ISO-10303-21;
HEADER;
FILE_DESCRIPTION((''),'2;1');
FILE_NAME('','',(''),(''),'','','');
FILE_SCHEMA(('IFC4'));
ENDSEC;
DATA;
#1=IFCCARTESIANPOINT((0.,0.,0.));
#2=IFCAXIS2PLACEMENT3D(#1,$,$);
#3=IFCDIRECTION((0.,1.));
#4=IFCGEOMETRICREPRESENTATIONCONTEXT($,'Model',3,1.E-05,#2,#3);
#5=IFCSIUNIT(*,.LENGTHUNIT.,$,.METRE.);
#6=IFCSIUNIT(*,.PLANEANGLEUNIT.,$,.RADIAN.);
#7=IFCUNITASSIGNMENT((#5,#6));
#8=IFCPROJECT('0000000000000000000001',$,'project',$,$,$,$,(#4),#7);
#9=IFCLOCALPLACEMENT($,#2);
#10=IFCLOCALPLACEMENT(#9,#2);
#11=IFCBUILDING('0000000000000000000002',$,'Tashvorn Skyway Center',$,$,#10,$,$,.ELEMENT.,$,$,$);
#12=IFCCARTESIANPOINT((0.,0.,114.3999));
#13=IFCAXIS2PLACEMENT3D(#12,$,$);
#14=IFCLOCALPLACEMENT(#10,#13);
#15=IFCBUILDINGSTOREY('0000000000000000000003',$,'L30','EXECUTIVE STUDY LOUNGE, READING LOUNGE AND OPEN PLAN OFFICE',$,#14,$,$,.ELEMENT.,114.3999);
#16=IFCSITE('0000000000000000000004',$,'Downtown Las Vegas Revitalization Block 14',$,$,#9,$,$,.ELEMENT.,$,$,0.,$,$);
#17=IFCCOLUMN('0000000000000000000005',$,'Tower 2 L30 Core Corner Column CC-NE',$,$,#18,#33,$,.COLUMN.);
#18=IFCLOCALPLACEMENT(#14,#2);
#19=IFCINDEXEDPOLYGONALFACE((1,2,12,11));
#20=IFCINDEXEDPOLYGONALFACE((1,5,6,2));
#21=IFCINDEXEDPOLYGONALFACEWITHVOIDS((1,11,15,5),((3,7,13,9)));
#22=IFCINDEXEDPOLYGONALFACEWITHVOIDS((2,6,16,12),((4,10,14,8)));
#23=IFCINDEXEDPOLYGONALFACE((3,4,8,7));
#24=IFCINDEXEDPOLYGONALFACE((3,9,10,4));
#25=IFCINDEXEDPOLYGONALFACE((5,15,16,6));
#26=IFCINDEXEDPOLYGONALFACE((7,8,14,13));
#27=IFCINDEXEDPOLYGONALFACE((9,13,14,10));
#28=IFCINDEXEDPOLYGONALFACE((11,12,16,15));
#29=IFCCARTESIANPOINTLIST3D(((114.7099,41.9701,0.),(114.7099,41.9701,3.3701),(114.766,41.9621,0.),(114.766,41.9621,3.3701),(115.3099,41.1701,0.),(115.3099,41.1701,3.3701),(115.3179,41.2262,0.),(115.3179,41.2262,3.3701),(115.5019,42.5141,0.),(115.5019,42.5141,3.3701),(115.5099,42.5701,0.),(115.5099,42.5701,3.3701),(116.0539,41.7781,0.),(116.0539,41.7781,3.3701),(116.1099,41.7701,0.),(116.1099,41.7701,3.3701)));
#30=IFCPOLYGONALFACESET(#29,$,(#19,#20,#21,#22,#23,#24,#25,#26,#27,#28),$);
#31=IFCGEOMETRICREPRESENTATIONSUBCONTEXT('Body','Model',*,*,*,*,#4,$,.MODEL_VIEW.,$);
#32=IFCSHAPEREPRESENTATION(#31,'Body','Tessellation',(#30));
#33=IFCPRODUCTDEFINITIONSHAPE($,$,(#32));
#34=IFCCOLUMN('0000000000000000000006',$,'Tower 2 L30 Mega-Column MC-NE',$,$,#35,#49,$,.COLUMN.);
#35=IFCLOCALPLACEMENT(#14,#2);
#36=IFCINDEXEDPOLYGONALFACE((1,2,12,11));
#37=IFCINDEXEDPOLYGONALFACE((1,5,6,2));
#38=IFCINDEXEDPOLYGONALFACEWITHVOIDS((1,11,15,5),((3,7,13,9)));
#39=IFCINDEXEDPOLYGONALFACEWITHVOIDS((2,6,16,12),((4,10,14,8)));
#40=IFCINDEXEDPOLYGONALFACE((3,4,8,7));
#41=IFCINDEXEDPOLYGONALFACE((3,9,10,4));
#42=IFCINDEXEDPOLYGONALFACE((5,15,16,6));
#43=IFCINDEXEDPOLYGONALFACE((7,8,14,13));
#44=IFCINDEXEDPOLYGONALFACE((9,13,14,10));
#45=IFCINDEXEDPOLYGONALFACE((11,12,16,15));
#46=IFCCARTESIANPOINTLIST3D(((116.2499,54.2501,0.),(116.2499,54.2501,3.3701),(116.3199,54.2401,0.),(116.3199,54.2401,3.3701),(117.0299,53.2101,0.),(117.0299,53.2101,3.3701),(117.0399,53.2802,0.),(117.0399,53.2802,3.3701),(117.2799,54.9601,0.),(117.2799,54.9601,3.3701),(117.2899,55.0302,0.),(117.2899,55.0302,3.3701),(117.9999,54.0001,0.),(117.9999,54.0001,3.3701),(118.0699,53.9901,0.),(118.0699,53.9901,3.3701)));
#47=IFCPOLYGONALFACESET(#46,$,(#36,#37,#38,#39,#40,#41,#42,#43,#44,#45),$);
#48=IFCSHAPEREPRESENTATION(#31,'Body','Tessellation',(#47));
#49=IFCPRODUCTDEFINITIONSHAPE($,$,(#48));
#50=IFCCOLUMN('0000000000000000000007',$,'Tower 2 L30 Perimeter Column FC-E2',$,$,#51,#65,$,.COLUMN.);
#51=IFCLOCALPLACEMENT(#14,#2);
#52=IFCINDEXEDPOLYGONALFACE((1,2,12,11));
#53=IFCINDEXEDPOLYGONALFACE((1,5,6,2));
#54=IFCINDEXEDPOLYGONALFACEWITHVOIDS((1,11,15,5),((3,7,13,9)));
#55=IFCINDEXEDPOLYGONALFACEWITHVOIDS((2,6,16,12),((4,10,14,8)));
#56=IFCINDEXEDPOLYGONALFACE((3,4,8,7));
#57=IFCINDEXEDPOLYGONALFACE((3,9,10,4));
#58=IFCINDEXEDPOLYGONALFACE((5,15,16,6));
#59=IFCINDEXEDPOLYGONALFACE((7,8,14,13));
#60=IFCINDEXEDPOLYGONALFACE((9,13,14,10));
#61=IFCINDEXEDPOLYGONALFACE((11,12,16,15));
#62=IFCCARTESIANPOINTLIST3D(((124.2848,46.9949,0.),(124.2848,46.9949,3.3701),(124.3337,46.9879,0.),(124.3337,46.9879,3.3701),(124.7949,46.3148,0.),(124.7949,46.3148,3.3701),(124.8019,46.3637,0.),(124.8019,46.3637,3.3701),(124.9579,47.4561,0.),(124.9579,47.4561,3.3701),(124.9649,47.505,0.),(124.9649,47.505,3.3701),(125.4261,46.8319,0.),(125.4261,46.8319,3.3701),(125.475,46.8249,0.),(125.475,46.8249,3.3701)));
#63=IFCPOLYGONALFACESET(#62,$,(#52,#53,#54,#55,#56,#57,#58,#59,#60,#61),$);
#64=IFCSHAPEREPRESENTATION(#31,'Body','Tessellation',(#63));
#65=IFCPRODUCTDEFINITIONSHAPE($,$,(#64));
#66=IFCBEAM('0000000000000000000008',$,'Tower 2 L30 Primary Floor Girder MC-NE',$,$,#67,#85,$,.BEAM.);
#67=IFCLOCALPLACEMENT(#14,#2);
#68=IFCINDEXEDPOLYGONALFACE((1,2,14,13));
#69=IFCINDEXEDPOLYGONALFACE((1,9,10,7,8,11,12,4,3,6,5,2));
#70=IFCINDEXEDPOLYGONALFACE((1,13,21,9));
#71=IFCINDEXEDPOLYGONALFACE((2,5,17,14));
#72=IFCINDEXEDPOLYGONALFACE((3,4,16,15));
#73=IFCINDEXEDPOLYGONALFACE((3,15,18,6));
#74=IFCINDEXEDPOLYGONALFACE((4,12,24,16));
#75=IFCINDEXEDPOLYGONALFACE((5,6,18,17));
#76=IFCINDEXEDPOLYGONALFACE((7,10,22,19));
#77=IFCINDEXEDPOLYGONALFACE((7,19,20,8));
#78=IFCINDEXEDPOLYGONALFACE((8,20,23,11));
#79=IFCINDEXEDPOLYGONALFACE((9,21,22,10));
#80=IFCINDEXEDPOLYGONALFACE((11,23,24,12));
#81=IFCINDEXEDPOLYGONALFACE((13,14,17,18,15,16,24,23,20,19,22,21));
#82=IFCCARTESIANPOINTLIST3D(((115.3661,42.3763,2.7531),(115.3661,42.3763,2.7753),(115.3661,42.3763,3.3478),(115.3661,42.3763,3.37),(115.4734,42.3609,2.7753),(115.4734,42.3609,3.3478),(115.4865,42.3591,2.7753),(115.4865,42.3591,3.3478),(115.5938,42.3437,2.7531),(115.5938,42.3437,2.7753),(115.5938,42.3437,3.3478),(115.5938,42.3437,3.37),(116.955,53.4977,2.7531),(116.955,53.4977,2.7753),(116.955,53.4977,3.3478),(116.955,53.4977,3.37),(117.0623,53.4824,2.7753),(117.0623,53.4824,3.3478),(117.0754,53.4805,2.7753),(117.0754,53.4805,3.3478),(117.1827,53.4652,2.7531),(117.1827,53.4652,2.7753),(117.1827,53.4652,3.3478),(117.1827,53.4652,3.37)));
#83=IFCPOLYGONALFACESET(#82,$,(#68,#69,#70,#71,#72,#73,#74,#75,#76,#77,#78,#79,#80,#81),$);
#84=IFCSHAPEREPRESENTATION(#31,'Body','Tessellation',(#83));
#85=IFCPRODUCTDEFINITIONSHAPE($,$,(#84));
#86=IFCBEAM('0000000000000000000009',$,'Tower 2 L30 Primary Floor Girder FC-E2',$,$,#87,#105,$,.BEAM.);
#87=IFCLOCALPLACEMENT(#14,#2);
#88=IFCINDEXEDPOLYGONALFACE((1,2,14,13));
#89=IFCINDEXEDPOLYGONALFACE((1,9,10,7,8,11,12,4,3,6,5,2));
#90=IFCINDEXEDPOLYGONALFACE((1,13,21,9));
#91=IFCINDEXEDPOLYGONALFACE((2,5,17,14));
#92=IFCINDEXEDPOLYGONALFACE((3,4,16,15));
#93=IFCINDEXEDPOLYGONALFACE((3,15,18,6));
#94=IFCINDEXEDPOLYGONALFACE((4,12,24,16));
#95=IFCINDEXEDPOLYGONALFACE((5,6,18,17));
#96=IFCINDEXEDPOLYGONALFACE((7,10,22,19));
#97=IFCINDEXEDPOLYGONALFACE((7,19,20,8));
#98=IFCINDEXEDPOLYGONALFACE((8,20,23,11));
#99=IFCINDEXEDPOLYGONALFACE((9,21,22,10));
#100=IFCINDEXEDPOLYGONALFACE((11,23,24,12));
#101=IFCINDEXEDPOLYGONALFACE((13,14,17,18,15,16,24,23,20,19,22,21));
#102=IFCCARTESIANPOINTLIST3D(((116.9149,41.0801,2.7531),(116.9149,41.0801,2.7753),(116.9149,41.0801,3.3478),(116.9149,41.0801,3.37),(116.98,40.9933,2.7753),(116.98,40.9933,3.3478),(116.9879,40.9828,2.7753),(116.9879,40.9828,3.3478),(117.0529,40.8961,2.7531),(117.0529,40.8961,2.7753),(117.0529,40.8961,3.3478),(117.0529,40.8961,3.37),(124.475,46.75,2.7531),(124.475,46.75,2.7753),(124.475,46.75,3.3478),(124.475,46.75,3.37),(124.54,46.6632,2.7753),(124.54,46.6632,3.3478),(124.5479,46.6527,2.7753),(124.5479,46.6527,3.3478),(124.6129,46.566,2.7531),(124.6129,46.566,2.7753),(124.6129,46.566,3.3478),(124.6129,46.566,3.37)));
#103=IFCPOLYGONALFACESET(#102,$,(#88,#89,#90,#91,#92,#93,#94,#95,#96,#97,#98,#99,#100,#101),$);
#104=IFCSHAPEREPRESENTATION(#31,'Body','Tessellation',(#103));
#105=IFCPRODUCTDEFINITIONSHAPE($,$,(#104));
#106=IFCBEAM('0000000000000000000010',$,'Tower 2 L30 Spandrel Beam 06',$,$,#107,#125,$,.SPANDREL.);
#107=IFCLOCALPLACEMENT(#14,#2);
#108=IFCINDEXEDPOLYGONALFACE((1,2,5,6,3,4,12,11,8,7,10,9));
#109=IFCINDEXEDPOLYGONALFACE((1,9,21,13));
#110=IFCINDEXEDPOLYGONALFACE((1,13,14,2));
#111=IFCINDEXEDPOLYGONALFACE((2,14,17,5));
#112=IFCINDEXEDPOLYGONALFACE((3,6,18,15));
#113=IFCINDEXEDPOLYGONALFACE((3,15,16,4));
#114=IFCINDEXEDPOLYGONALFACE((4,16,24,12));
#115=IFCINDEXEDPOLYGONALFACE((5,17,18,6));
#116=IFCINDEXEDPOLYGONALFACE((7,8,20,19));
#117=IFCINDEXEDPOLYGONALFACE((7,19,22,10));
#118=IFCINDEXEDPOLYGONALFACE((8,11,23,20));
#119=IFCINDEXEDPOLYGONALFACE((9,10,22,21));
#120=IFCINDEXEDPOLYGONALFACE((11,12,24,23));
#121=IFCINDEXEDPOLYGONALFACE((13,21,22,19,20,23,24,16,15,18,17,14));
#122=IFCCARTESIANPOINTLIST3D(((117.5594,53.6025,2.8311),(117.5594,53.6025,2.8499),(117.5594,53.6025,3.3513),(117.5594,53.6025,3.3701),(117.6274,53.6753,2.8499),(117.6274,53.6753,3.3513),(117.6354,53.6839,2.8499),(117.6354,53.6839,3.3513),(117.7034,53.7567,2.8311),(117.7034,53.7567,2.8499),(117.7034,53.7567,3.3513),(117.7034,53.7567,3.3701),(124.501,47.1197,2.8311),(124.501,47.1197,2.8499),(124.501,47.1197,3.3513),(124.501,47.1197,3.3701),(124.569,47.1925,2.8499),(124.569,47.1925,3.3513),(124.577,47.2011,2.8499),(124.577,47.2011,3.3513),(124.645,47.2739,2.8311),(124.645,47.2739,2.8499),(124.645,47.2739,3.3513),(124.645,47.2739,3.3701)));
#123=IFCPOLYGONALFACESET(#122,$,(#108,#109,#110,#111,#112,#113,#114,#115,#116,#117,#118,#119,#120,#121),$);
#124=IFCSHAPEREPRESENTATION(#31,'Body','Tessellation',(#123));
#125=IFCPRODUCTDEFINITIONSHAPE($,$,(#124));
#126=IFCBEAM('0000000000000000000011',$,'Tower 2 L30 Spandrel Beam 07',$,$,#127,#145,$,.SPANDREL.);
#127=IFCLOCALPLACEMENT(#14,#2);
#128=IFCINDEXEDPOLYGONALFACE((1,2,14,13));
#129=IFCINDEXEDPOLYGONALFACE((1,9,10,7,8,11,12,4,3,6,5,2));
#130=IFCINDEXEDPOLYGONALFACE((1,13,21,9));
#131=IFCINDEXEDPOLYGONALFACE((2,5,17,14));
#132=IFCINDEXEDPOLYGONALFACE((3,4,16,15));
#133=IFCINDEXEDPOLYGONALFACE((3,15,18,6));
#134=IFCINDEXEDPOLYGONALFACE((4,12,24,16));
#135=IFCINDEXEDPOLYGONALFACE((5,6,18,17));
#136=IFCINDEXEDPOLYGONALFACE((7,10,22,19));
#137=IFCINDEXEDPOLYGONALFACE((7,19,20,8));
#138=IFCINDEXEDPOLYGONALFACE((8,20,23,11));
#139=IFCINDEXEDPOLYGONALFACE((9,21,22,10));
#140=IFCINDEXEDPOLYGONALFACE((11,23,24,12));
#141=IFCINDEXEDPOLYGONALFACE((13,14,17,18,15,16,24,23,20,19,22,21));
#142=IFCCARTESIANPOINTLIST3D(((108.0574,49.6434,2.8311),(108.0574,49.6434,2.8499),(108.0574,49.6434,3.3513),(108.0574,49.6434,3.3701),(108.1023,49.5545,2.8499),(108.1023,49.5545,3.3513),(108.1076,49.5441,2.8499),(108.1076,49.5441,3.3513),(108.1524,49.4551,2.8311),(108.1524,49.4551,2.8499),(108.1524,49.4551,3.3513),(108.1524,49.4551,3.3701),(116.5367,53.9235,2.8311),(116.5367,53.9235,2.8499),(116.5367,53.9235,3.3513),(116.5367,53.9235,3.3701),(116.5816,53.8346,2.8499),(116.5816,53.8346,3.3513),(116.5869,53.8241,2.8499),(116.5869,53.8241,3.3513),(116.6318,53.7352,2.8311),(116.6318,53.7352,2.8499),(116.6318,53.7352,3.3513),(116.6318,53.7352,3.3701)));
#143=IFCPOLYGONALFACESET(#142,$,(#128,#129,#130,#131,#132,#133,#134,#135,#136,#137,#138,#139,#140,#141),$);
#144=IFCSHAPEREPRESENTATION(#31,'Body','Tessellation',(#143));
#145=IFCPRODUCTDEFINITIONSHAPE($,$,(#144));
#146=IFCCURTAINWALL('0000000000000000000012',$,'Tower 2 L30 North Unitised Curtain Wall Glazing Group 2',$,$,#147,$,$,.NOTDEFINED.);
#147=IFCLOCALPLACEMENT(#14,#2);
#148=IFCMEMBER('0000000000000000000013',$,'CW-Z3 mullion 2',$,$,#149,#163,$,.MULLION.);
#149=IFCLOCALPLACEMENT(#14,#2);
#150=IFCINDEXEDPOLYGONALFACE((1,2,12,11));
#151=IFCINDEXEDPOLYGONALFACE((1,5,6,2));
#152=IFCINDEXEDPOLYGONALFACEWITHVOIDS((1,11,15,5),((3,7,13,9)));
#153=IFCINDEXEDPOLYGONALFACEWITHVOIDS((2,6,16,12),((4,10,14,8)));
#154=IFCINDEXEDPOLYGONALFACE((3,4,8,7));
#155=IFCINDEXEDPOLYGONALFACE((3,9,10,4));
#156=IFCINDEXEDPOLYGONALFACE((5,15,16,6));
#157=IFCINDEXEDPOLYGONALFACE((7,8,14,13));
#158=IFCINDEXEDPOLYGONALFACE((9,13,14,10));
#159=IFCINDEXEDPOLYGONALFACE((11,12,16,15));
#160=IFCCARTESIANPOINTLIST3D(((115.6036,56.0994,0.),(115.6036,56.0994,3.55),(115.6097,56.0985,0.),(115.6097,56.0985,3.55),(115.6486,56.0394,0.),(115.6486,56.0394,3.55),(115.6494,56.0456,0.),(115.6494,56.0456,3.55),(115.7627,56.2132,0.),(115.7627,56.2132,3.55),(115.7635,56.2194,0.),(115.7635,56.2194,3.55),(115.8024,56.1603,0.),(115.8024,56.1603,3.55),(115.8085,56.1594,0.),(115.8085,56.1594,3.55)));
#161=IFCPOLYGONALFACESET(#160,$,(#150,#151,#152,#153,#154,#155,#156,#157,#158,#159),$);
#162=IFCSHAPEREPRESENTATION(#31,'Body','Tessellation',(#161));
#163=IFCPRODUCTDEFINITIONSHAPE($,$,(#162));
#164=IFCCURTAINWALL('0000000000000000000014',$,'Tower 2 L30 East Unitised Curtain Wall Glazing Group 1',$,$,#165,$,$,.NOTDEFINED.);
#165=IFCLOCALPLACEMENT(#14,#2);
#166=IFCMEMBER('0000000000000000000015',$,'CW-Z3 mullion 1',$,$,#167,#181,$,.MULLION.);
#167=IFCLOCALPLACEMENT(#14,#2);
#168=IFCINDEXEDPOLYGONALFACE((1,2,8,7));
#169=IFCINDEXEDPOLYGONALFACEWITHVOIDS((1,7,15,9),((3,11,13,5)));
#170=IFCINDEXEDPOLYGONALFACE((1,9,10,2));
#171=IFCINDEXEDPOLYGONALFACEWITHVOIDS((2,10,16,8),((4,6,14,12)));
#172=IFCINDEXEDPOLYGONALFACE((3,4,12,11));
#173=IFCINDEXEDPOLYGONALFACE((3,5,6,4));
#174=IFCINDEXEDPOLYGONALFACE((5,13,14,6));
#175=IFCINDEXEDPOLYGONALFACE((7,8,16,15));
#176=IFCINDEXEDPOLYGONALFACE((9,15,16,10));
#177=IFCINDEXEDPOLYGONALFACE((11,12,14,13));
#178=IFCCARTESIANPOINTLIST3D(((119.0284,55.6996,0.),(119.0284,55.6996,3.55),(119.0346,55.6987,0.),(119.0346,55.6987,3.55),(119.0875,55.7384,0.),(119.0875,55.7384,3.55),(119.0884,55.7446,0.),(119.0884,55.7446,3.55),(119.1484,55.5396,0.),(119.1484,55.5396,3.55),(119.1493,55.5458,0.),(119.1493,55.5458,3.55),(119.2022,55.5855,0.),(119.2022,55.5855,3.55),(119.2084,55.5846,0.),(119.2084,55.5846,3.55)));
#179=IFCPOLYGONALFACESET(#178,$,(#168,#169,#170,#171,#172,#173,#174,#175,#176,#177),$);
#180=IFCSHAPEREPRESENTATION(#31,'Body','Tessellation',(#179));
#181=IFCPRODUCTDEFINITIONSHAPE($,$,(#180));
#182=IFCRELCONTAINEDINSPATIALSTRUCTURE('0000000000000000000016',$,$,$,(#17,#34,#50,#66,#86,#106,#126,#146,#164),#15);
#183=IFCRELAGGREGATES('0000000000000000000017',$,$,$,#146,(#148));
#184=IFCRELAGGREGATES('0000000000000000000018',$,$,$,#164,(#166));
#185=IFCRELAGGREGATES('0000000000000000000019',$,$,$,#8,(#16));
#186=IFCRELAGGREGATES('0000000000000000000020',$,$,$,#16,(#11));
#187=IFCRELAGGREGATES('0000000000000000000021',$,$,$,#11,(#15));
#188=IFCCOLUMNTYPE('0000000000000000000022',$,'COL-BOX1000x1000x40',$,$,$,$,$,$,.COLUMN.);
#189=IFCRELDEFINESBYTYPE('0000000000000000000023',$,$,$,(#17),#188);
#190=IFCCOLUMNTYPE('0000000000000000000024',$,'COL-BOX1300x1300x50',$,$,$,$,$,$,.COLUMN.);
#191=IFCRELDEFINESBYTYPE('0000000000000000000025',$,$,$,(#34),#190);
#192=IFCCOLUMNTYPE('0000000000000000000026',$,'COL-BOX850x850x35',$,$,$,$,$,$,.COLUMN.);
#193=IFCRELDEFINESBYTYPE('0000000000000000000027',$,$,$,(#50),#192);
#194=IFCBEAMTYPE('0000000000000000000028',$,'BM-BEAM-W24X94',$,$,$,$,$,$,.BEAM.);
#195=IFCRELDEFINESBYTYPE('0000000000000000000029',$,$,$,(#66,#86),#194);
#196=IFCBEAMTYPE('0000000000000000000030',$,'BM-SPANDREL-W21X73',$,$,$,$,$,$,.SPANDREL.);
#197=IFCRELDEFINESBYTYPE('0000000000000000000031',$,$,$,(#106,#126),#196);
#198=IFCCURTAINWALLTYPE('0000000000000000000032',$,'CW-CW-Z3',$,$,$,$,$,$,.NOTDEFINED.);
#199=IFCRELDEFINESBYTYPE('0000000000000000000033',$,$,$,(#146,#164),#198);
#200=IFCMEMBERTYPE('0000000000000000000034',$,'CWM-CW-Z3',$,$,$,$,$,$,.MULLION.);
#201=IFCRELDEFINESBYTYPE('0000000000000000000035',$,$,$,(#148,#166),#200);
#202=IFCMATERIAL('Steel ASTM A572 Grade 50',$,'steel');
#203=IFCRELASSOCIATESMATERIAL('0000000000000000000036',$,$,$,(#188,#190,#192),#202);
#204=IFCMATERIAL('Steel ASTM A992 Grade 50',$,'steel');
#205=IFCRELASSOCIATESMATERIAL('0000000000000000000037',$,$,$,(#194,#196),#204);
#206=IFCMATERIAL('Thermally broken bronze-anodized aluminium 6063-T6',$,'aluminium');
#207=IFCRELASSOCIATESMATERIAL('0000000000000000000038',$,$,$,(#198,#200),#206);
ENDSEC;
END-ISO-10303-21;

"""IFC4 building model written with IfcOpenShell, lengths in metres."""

from ifc_helpers import new_model, si_unit, direction, frame, origin, origin_2d, place, context, subcontext, project, spatial, hollow_rectangle, i_section, extrude, material, material_profile, profile_set, type_object, element, aggregate, save


model = new_model("IFC4")

# Units and contexts
model_context = context("Model", 3, precision=1e-05, world=origin(), true_north=direction((0.0, 1.0)))
body_context = subcontext(model_context, "Body", "Model", "MODEL_VIEW")
ifc_project = project(units=[si_unit("LENGTHUNIT", "METRE"), si_unit("PLANEANGLEUNIT", "RADIAN")], contexts=[model_context])

# Site, building, storey
site_placement = place(None, origin())
site = spatial("IfcSite", under=ifc_project, at=site_placement, Name="Downtown Las Vegas Revitalization Block 14", CompositionType="ELEMENT", RefElevation=0.0)
building_placement = place(site_placement, origin())
building = spatial("IfcBuilding", under=site, at=building_placement, Name="Tashvorn Skyway Center", CompositionType="ELEMENT")
storey_placement = place(building_placement, frame((0.0, 0.0, 114.3999)))
storey = spatial("IfcBuildingStorey", under=building, at=storey_placement, Name="L30", Description="EXECUTIVE STUDY LOUNGE, READING LOUNGE AND OPEN PLAN OFFICE", CompositionType="ELEMENT", Elevation=114.3999)

# Columns
ifc_material_1 = material(Name="Steel ASTM A572 Grade 50", Category="steel")
ifc_material_profile_1 = material_profile(ifc_material_1, hollow_rectangle(XDim=1.0, YDim=1.0, WallThickness=0.04, at=origin_2d()), Name="BOX1000x1000x40")
ifc_profile_set_1 = profile_set([ifc_material_profile_1], Name="Steel ASTM A572 Grade 50")
column_type_1 = type_object("IfcColumnType", Name="COL-BOX1000x1000x40", PredefinedType="COLUMN", material=ifc_profile_set_1)
column_1_placement = place(storey_placement, frame((115.4099, 41.8701, 0.0), z_axis=(0.0, 0.0, 1.0), x_axis=(0.8, 0.6, 0.0)))
element("IfcColumn", 1, at=column_1_placement, inside=storey, type_object=column_type_1, Name="Tower 2 L30 Core Corner Column CC-NE", PredefinedType="COLUMN", context=body_context, shape_type="SweptSolid", body=[
    extrude(hollow_rectangle(XDim=1.0, YDim=1.0, WallThickness=0.04, at=origin_2d()), origin(), (0.0, 0.0, 1.0), 3.3701),
])
ifc_material_profile_2 = material_profile(ifc_material_1, hollow_rectangle(XDim=1.3, YDim=1.3, WallThickness=0.05, at=origin_2d()), Name="BOX1300x1300x50")
ifc_profile_set_2 = profile_set([ifc_material_profile_2], Name="Steel ASTM A572 Grade 50")
column_type_2 = type_object("IfcColumnType", Name="COL-BOX1300x1300x50", PredefinedType="COLUMN", material=ifc_profile_set_2)
column_2_placement = place(storey_placement, frame((117.1599, 54.1201, 0.0), z_axis=(0.0, 0.0, 1.0), x_axis=(0.8, 0.6, 0.0)))
element("IfcColumn", 2, at=column_2_placement, inside=storey, type_object=column_type_2, Name="Tower 2 L30 Mega-Column MC-NE", PredefinedType="COLUMN", context=body_context, shape_type="SweptSolid", body=[
    extrude(hollow_rectangle(XDim=1.3, YDim=1.3, WallThickness=0.05, at=origin_2d()), origin(), (0.0, 0.0, 1.0), 3.3701),
])
ifc_material_profile_3 = material_profile(ifc_material_1, hollow_rectangle(XDim=0.8501, YDim=0.8501, WallThickness=0.0349, at=origin_2d()), Name="BOX850x850x35")
ifc_profile_set_3 = profile_set([ifc_material_profile_3], Name="Steel ASTM A572 Grade 50")
column_type_3 = type_object("IfcColumnType", Name="COL-BOX850x850x35", PredefinedType="COLUMN", material=ifc_profile_set_3)
column_3_placement = place(storey_placement, frame((124.8799, 46.9099, 0.0), z_axis=(0.0, 0.0, 1.0), x_axis=(0.8, 0.6, 0.0)))
element("IfcColumn", 3, at=column_3_placement, inside=storey, type_object=column_type_3, Name="Tower 2 L30 Perimeter Column FC-E2", PredefinedType="COLUMN", context=body_context, shape_type="SweptSolid", body=[
    extrude(hollow_rectangle(XDim=0.8501, YDim=0.8501, WallThickness=0.0349, at=origin_2d()), origin(), (0.0, 0.0, 1.0), 3.3701),
])

# Beams
ifc_material_2 = material(Name="Steel ASTM A992 Grade 50", Category="steel")
ifc_material_profile_4 = material_profile(ifc_material_2, i_section(OverallWidth=0.23, OverallDepth=0.6169, WebThickness=0.0132, FlangeThickness=0.0222, at=origin_2d()), Name="W24X94")
ifc_profile_set_4 = profile_set([ifc_material_profile_4], Name="Steel ASTM A992 Grade 50")
beam_type_1 = type_object("IfcBeamType", Name="BM-BEAM-W24X94", PredefinedType="BEAM", material=ifc_profile_set_4)
beam_1_placement = place(storey_placement, frame((117.0688, 53.4814, 3.0615), z_axis=(-0.14143, -0.989948, 0.0), x_axis=(0.989948, -0.14143, 0.0)))
element("IfcBeam", 4, at=beam_1_placement, inside=storey, type_object=beam_type_1, Name="Tower 2 L30 Primary Floor Girder MC-NE", PredefinedType="BEAM", context=body_context, shape_type="SweptSolid", body=[
    extrude(i_section(OverallWidth=0.23, OverallDepth=0.6169, WebThickness=0.0132, FlangeThickness=0.0222, at=origin_2d()), origin(), (0.0, 0.0, 1.0), 11.2344),
])
beam_2_placement = place(storey_placement, frame((124.5439, 46.658, 3.0615), z_axis=(-0.800006, -0.599992, 0.0), x_axis=(0.599992, -0.800006, 0.0)))
element("IfcBeam", 5, at=beam_2_placement, inside=storey, type_object=beam_type_1, Name="Tower 2 L30 Primary Floor Girder FC-E2", PredefinedType="BEAM", context=body_context, shape_type="SweptSolid", body=[
    extrude(i_section(OverallWidth=0.23, OverallDepth=0.6169, WebThickness=0.0132, FlangeThickness=0.0222, at=origin_2d()), origin(), (0.0, 0.0, 1.0), 9.45),
])
ifc_material_profile_5 = material_profile(ifc_material_2, i_section(OverallWidth=0.2109, OverallDepth=0.5391, WebThickness=0.0117, FlangeThickness=0.0188, at=origin_2d()), Name="W21X73")
ifc_profile_set_5 = profile_set([ifc_material_profile_5], Name="Steel ASTM A992 Grade 50")
beam_type_2 = type_object("IfcBeamType", Name="BM-SPANDREL-W21X73", PredefinedType="SPANDREL", material=ifc_profile_set_5)
beam_3_placement = place(storey_placement, frame((124.573, 47.1968, 3.1006), z_axis=(-0.730843, 0.682545, 0.0), x_axis=(-0.682545, -0.730843, 0.0)))
element("IfcBeam", 6, at=beam_3_placement, inside=storey, type_object=beam_type_2, Name="Tower 2 L30 Spandrel Beam 06", PredefinedType="SPANDREL", context=body_context, shape_type="SweptSolid", body=[
    extrude(i_section(OverallWidth=0.2109, OverallDepth=0.5391, WebThickness=0.0117, FlangeThickness=0.0188, at=origin_2d()), origin(), (0.0, 0.0, 1.0), 9.498),
])
beam_4_placement = place(storey_placement, frame((116.5842, 53.8293, 3.1006), z_axis=(-0.892719, -0.450614, 0.0), x_axis=(0.450614, -0.892719, 0.0)))
element("IfcBeam", 7, at=beam_4_placement, inside=storey, type_object=beam_type_2, Name="Tower 2 L30 Spandrel Beam 07", PredefinedType="SPANDREL", context=body_context, shape_type="SweptSolid", body=[
    extrude(i_section(OverallWidth=0.2109, OverallDepth=0.5391, WebThickness=0.0117, FlangeThickness=0.0188, at=origin_2d()), origin(), (0.0, 0.0, 1.0), 9.4983),
])

# Curtain wall, member
ifc_material_3 = material(Name="Thermally broken bronze-anodized aluminium 6063-T6", Category="aluminium")
curtain_wall_type = type_object("IfcCurtainWallType", Name="CW-CW-Z3", PredefinedType="NOTDEFINED", material=ifc_material_3)
curtain_wall_1_placement = place(storey_placement, origin())
curtain_wall_1 = element("IfcCurtainWall", 8, at=curtain_wall_1_placement, inside=storey, type_object=curtain_wall_type, Name="Tower 2 L30 North Unitised Curtain Wall Glazing Group 2", PredefinedType="NOTDEFINED")
ifc_material_profile_6 = material_profile(ifc_material_3, hollow_rectangle(XDim=0.075, YDim=0.2, WallThickness=0.0044, at=origin_2d()), Name="ALU-MULL-75x200")
ifc_profile_set_6 = profile_set([ifc_material_profile_6], Name="Thermally broken bronze-anodized aluminium 6063-T6")
member_type_1 = type_object("IfcMemberType", Name="CWM-CW-Z3", PredefinedType="MULLION", material=ifc_profile_set_6)
member_1_placement = place(storey_placement, frame((115.7061, 56.1294, 0.0), z_axis=(0.0, 0.0, 1.0), x_axis=(-0.600002, 0.799999, 0.0)))
member_1 = element("IfcMember", 9, at=member_1_placement, type_object=member_type_1, Name="CW-Z3 mullion 2", PredefinedType="MULLION", context=body_context, shape_type="SweptSolid", body=[
    extrude(hollow_rectangle(XDim=0.075, YDim=0.2, WallThickness=0.0044, at=origin_2d()), origin(), (0.0, 0.0, 1.0), 3.55),
])
aggregate(curtain_wall_1, [member_1])

# Curtain wall, member
curtain_wall_2_placement = place(storey_placement, origin())
curtain_wall_2 = element("IfcCurtainWall", 10, at=curtain_wall_2_placement, inside=storey, type_object=curtain_wall_type, Name="Tower 2 L30 East Unitised Curtain Wall Glazing Group 1", PredefinedType="NOTDEFINED")
member_2_placement = place(storey_placement, frame((119.1184, 55.6421, 0.0), z_axis=(0.0, 0.0, 1.0), x_axis=(0.799999, 0.600002, 0.0)))
member_2 = element("IfcMember", 11, at=member_2_placement, type_object=member_type_1, Name="CW-Z3 mullion 1", PredefinedType="MULLION", context=body_context, shape_type="SweptSolid", body=[
    extrude(hollow_rectangle(XDim=0.075, YDim=0.2, WallThickness=0.0044, at=origin_2d()), origin(), (0.0, 0.0, 1.0), 3.55),
])

aggregate(curtain_wall_2, [member_2])

save(model, "model.ifc")
